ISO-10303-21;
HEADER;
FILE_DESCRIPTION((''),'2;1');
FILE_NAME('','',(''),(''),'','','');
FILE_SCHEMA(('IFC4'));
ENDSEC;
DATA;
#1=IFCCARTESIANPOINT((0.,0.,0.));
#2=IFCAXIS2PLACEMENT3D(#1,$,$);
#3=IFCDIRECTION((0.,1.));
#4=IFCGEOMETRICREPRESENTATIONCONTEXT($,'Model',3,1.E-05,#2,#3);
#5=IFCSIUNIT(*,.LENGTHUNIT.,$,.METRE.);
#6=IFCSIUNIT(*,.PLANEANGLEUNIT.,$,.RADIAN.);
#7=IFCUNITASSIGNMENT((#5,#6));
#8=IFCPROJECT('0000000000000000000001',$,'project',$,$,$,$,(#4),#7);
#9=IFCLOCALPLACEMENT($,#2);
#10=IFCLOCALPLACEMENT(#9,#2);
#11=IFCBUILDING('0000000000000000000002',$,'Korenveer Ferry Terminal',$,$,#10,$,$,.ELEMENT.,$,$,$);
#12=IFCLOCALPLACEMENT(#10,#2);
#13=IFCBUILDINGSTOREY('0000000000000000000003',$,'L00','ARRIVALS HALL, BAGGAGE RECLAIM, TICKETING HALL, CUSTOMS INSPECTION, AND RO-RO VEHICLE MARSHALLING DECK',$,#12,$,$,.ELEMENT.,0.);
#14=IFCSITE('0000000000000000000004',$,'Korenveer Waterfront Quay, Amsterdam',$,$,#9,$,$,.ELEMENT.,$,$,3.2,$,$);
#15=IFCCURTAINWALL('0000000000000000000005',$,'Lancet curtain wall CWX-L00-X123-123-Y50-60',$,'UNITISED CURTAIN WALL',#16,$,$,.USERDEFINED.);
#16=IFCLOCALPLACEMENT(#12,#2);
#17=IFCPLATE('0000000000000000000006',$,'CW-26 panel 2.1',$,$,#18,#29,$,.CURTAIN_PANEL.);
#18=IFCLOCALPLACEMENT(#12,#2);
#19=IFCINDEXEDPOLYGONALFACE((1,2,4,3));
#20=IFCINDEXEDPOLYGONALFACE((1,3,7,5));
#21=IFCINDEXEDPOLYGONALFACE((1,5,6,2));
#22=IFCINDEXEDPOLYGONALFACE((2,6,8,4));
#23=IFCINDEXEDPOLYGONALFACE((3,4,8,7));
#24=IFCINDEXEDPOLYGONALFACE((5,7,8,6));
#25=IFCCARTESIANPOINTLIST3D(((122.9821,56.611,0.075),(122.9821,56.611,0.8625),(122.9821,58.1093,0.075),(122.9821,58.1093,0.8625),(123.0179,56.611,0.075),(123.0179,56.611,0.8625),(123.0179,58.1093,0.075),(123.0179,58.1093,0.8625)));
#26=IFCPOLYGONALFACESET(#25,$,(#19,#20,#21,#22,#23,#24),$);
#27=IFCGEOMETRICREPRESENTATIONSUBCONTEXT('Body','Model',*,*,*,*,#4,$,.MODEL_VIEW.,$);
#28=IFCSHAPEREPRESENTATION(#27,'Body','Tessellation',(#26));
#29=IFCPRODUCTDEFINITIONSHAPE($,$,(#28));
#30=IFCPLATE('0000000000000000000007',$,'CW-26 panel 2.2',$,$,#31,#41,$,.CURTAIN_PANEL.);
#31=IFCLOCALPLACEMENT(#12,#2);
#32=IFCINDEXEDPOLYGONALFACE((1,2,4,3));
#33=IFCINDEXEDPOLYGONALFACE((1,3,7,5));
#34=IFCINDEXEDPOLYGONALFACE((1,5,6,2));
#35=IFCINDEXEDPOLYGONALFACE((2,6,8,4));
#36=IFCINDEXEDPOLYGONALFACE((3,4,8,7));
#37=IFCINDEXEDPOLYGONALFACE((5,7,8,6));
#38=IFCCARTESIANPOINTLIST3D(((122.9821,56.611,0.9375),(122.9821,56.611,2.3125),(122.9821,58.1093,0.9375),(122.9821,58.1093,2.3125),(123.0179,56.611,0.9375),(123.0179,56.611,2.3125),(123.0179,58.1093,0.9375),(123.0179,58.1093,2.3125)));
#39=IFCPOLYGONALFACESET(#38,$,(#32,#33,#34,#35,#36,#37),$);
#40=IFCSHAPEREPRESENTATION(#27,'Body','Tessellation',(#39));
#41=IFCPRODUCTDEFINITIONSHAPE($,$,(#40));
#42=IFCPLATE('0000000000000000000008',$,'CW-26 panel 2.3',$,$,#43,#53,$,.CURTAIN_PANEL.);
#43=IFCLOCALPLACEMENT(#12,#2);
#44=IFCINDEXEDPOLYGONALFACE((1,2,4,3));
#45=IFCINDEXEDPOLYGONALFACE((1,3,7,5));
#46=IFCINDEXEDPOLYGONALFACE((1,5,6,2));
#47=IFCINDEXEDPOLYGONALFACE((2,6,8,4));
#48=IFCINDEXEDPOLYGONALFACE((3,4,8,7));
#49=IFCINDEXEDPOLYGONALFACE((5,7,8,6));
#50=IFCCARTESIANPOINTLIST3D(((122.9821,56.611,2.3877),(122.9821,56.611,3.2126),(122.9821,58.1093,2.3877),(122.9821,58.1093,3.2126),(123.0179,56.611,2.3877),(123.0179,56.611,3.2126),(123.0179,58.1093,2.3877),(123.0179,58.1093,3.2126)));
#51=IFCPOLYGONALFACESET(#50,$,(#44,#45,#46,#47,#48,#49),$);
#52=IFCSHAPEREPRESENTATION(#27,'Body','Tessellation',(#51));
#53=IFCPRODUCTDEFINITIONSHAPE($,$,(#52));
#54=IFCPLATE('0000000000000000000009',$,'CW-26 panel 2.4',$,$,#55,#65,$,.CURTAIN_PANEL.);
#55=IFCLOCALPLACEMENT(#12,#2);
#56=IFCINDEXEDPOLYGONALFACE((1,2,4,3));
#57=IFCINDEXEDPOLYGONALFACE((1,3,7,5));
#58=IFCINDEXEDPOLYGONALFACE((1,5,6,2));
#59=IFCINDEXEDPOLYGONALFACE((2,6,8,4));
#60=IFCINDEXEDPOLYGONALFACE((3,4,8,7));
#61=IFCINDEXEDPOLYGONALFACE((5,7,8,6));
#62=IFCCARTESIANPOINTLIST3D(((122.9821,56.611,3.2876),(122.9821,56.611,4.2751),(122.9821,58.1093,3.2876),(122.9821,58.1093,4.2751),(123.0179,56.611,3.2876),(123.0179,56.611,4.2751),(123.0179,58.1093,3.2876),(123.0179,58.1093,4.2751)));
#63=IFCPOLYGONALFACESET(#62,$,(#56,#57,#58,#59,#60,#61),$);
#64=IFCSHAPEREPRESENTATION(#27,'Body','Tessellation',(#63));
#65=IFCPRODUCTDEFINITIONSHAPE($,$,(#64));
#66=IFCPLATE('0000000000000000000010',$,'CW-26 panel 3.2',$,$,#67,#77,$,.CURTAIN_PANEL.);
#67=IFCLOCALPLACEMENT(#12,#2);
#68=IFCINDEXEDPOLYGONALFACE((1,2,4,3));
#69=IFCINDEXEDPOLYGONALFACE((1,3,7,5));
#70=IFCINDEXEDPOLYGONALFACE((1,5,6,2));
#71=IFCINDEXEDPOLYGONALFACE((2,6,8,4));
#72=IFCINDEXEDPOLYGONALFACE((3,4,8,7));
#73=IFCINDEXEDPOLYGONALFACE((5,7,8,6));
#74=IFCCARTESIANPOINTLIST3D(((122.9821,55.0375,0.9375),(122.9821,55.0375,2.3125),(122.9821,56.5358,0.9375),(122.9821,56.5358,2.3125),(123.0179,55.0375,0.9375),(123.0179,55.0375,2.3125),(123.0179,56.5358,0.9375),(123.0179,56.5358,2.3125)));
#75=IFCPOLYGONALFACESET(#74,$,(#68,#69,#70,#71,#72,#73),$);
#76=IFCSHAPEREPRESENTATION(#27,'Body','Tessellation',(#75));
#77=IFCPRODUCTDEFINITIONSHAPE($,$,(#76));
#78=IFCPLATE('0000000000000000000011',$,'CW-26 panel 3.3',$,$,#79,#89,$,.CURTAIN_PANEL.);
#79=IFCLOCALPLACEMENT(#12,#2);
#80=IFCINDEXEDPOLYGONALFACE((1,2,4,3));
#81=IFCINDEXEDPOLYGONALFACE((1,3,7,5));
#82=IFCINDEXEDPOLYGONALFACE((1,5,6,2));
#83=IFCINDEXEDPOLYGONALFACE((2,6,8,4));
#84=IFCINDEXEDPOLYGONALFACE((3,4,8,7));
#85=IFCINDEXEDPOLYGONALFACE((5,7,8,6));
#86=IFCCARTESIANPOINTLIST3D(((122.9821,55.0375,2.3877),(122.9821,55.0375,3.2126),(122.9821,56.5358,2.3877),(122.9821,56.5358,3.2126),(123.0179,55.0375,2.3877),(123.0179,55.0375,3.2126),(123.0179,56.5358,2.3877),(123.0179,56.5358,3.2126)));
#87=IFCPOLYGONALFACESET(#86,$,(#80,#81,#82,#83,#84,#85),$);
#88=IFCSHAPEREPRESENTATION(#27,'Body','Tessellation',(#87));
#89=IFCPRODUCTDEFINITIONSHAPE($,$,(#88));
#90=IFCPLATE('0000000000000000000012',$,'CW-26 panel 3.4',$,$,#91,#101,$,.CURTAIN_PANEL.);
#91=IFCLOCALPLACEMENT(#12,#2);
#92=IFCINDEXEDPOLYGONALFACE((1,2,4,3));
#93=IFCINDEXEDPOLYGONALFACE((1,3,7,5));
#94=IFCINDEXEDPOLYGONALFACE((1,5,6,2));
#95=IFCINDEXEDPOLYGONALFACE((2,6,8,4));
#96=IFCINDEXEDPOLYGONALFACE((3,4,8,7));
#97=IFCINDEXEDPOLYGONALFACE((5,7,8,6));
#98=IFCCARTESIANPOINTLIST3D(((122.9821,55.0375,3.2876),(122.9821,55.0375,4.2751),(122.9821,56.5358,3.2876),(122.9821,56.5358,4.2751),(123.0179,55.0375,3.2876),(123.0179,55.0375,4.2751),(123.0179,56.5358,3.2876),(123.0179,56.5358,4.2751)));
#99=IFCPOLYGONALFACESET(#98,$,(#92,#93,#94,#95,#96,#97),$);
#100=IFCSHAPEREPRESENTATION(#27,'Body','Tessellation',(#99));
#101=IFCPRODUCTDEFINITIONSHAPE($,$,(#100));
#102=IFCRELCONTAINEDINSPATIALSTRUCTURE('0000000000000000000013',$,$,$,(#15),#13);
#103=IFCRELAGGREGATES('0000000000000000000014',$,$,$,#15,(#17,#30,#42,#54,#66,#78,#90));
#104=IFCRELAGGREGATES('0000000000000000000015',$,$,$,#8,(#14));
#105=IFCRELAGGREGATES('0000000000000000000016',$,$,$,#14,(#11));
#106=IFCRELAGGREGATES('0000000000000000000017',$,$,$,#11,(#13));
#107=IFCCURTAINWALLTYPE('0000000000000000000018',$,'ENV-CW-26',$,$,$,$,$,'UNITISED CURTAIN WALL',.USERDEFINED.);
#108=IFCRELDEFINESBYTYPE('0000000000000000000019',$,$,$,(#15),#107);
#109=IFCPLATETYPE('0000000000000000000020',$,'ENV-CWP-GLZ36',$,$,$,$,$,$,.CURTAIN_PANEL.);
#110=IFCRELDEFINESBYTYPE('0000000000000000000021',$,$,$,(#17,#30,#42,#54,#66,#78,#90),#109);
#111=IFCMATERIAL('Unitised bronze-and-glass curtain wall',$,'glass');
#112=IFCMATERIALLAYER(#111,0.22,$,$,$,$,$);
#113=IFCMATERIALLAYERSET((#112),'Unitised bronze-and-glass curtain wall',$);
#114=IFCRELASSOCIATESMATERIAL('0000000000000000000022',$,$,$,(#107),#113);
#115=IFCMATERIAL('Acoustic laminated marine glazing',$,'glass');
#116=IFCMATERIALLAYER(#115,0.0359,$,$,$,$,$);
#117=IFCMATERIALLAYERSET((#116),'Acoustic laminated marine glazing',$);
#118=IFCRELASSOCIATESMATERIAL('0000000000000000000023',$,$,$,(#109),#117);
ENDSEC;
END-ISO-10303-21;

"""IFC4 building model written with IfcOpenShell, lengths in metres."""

from ifc_helpers import new_model, si_unit, direction, frame, origin, origin_2d, place, context, subcontext, project, spatial, rectangle, extrude, material, layer, layer_set, type_object, element, aggregate, save


model = new_model("IFC4")

# Units and contexts
model_context = context("Model", 3, precision=1e-05, world=origin(), true_north=direction((0.0, 1.0)))
body_context = subcontext(model_context, "Body", "Model", "MODEL_VIEW")
ifc_project = project(units=[si_unit("LENGTHUNIT", "METRE"), si_unit("PLANEANGLEUNIT", "RADIAN")], contexts=[model_context])

# Site, building, storey
site_placement = place(None, origin())
site = spatial("IfcSite", under=ifc_project, at=site_placement, Name="Korenveer Waterfront Quay, Amsterdam", CompositionType="ELEMENT", RefElevation=3.2)
building_placement = place(site_placement, origin())
building = spatial("IfcBuilding", under=site, at=building_placement, Name="Korenveer Ferry Terminal", CompositionType="ELEMENT")
storey_placement = place(building_placement, origin())
storey = spatial("IfcBuildingStorey", under=building, at=storey_placement, Name="L00", Description="ARRIVALS HALL, BAGGAGE RECLAIM, TICKETING HALL, CUSTOMS INSPECTION, AND RO-RO VEHICLE MARSHALLING DECK", CompositionType="ELEMENT", Elevation=0.0)

# Curtain wall, plates
ifc_material_1 = material(Name="Unitised bronze-and-glass curtain wall", Category="glass")
ifc_layer_1 = layer(ifc_material_1, 0.22)
ifc_layer_set_1 = layer_set([ifc_layer_1], Name="Unitised bronze-and-glass curtain wall")
curtain_wall_type = type_object("IfcCurtainWallType", Name="ENV-CW-26", ElementType="UNITISED CURTAIN WALL", PredefinedType="USERDEFINED", material=ifc_layer_set_1)
curtain_wall_placement = place(storey_placement, frame((123.0, 59.72, 0.0)))
curtain_wall = element("IfcCurtainWall", 1, at=curtain_wall_placement, inside=storey, type_object=curtain_wall_type, Name="Lancet curtain wall CWX-L00-X123-123-Y50-60", ObjectType="UNITISED CURTAIN WALL", PredefinedType="USERDEFINED")
ifc_material_2 = material(Name="Acoustic laminated marine glazing", Category="glass")
ifc_layer_2 = layer(ifc_material_2, 0.0359)
ifc_layer_set_2 = layer_set([ifc_layer_2], Name="Acoustic laminated marine glazing")
plate_type = type_object("IfcPlateType", Name="ENV-CWP-GLZ36", PredefinedType="CURTAIN_PANEL", material=ifc_layer_set_2)
plate_1_placement = place(storey_placement, frame((123.0, 57.3601, 0.075), z_axis=(0.0, 0.0, 1.0), x_axis=(0.0, -1.0, 0.0)))
plate_1 = element("IfcPlate", 2, at=plate_1_placement, type_object=plate_type, Name="CW-26 panel 2.1", PredefinedType="CURTAIN_PANEL", context=body_context, shape_type="SweptSolid", body=[
    extrude(rectangle(XDim=1.4983, YDim=0.0359, at=origin_2d()), origin(), (0.0, 0.0, 1.0), 0.7876),
])
plate_2_placement = place(storey_placement, frame((123.0, 57.3601, 0.9375), z_axis=(0.0, 0.0, 1.0), x_axis=(0.0, -1.0, 0.0)))
plate_2 = element("IfcPlate", 3, at=plate_2_placement, type_object=plate_type, Name="CW-26 panel 2.2", PredefinedType="CURTAIN_PANEL", context=body_context, shape_type="SweptSolid", body=[
    extrude(rectangle(XDim=1.4983, YDim=0.0359, at=origin_2d()), origin(), (0.0, 0.0, 1.0), 1.375),
])
plate_3_placement = place(storey_placement, frame((123.0, 57.3601, 2.3877), z_axis=(0.0, 0.0, 1.0), x_axis=(0.0, -1.0, 0.0)))
plate_3 = element("IfcPlate", 4, at=plate_3_placement, type_object=plate_type, Name="CW-26 panel 2.3", PredefinedType="CURTAIN_PANEL", context=body_context, shape_type="SweptSolid", body=[
    extrude(rectangle(XDim=1.4983, YDim=0.0359, at=origin_2d()), origin(), (0.0, 0.0, 1.0), 0.825),
])
plate_4_placement = place(storey_placement, frame((123.0, 57.3601, 3.2876), z_axis=(0.0, 0.0, 1.0), x_axis=(0.0, -1.0, 0.0)))
plate_4 = element("IfcPlate", 5, at=plate_4_placement, type_object=plate_type, Name="CW-26 panel 2.4", PredefinedType="CURTAIN_PANEL", context=body_context, shape_type="SweptSolid", body=[
    extrude(rectangle(XDim=1.4983, YDim=0.0359, at=origin_2d()), origin(), (0.0, 0.0, 1.0), 0.9875),
])
plate_5_placement = place(storey_placement, frame((123.0, 55.7866, 0.9375), z_axis=(0.0, 0.0, 1.0), x_axis=(0.0, -1.0, 0.0)))
plate_5 = element("IfcPlate", 6, at=plate_5_placement, type_object=plate_type, Name="CW-26 panel 3.2", PredefinedType="CURTAIN_PANEL", context=body_context, shape_type="SweptSolid", body=[
    extrude(rectangle(XDim=1.4983, YDim=0.0359, at=origin_2d()), origin(), (0.0, 0.0, 1.0), 1.375),
])
plate_6_placement = place(storey_placement, frame((123.0, 55.7866, 2.3877), z_axis=(0.0, 0.0, 1.0), x_axis=(0.0, -1.0, 0.0)))
plate_6 = element("IfcPlate", 7, at=plate_6_placement, type_object=plate_type, Name="CW-26 panel 3.3", PredefinedType="CURTAIN_PANEL", context=body_context, shape_type="SweptSolid", body=[
    extrude(rectangle(XDim=1.4983, YDim=0.0359, at=origin_2d()), origin(), (0.0, 0.0, 1.0), 0.825),
])
plate_7_placement = place(storey_placement, frame((123.0, 55.7866, 3.2876), z_axis=(0.0, 0.0, 1.0), x_axis=(0.0, -1.0, 0.0)))
plate_7 = element("IfcPlate", 8, at=plate_7_placement, type_object=plate_type, Name="CW-26 panel 3.4", PredefinedType="CURTAIN_PANEL", context=body_context, shape_type="SweptSolid", body=[
    extrude(rectangle(XDim=1.4983, YDim=0.0359, at=origin_2d()), origin(), (0.0, 0.0, 1.0), 0.9875),
])
aggregate(curtain_wall, [plate_1, plate_2, plate_3, plate_4, plate_5, plate_6, plate_7])

save(model, "model.ifc")
